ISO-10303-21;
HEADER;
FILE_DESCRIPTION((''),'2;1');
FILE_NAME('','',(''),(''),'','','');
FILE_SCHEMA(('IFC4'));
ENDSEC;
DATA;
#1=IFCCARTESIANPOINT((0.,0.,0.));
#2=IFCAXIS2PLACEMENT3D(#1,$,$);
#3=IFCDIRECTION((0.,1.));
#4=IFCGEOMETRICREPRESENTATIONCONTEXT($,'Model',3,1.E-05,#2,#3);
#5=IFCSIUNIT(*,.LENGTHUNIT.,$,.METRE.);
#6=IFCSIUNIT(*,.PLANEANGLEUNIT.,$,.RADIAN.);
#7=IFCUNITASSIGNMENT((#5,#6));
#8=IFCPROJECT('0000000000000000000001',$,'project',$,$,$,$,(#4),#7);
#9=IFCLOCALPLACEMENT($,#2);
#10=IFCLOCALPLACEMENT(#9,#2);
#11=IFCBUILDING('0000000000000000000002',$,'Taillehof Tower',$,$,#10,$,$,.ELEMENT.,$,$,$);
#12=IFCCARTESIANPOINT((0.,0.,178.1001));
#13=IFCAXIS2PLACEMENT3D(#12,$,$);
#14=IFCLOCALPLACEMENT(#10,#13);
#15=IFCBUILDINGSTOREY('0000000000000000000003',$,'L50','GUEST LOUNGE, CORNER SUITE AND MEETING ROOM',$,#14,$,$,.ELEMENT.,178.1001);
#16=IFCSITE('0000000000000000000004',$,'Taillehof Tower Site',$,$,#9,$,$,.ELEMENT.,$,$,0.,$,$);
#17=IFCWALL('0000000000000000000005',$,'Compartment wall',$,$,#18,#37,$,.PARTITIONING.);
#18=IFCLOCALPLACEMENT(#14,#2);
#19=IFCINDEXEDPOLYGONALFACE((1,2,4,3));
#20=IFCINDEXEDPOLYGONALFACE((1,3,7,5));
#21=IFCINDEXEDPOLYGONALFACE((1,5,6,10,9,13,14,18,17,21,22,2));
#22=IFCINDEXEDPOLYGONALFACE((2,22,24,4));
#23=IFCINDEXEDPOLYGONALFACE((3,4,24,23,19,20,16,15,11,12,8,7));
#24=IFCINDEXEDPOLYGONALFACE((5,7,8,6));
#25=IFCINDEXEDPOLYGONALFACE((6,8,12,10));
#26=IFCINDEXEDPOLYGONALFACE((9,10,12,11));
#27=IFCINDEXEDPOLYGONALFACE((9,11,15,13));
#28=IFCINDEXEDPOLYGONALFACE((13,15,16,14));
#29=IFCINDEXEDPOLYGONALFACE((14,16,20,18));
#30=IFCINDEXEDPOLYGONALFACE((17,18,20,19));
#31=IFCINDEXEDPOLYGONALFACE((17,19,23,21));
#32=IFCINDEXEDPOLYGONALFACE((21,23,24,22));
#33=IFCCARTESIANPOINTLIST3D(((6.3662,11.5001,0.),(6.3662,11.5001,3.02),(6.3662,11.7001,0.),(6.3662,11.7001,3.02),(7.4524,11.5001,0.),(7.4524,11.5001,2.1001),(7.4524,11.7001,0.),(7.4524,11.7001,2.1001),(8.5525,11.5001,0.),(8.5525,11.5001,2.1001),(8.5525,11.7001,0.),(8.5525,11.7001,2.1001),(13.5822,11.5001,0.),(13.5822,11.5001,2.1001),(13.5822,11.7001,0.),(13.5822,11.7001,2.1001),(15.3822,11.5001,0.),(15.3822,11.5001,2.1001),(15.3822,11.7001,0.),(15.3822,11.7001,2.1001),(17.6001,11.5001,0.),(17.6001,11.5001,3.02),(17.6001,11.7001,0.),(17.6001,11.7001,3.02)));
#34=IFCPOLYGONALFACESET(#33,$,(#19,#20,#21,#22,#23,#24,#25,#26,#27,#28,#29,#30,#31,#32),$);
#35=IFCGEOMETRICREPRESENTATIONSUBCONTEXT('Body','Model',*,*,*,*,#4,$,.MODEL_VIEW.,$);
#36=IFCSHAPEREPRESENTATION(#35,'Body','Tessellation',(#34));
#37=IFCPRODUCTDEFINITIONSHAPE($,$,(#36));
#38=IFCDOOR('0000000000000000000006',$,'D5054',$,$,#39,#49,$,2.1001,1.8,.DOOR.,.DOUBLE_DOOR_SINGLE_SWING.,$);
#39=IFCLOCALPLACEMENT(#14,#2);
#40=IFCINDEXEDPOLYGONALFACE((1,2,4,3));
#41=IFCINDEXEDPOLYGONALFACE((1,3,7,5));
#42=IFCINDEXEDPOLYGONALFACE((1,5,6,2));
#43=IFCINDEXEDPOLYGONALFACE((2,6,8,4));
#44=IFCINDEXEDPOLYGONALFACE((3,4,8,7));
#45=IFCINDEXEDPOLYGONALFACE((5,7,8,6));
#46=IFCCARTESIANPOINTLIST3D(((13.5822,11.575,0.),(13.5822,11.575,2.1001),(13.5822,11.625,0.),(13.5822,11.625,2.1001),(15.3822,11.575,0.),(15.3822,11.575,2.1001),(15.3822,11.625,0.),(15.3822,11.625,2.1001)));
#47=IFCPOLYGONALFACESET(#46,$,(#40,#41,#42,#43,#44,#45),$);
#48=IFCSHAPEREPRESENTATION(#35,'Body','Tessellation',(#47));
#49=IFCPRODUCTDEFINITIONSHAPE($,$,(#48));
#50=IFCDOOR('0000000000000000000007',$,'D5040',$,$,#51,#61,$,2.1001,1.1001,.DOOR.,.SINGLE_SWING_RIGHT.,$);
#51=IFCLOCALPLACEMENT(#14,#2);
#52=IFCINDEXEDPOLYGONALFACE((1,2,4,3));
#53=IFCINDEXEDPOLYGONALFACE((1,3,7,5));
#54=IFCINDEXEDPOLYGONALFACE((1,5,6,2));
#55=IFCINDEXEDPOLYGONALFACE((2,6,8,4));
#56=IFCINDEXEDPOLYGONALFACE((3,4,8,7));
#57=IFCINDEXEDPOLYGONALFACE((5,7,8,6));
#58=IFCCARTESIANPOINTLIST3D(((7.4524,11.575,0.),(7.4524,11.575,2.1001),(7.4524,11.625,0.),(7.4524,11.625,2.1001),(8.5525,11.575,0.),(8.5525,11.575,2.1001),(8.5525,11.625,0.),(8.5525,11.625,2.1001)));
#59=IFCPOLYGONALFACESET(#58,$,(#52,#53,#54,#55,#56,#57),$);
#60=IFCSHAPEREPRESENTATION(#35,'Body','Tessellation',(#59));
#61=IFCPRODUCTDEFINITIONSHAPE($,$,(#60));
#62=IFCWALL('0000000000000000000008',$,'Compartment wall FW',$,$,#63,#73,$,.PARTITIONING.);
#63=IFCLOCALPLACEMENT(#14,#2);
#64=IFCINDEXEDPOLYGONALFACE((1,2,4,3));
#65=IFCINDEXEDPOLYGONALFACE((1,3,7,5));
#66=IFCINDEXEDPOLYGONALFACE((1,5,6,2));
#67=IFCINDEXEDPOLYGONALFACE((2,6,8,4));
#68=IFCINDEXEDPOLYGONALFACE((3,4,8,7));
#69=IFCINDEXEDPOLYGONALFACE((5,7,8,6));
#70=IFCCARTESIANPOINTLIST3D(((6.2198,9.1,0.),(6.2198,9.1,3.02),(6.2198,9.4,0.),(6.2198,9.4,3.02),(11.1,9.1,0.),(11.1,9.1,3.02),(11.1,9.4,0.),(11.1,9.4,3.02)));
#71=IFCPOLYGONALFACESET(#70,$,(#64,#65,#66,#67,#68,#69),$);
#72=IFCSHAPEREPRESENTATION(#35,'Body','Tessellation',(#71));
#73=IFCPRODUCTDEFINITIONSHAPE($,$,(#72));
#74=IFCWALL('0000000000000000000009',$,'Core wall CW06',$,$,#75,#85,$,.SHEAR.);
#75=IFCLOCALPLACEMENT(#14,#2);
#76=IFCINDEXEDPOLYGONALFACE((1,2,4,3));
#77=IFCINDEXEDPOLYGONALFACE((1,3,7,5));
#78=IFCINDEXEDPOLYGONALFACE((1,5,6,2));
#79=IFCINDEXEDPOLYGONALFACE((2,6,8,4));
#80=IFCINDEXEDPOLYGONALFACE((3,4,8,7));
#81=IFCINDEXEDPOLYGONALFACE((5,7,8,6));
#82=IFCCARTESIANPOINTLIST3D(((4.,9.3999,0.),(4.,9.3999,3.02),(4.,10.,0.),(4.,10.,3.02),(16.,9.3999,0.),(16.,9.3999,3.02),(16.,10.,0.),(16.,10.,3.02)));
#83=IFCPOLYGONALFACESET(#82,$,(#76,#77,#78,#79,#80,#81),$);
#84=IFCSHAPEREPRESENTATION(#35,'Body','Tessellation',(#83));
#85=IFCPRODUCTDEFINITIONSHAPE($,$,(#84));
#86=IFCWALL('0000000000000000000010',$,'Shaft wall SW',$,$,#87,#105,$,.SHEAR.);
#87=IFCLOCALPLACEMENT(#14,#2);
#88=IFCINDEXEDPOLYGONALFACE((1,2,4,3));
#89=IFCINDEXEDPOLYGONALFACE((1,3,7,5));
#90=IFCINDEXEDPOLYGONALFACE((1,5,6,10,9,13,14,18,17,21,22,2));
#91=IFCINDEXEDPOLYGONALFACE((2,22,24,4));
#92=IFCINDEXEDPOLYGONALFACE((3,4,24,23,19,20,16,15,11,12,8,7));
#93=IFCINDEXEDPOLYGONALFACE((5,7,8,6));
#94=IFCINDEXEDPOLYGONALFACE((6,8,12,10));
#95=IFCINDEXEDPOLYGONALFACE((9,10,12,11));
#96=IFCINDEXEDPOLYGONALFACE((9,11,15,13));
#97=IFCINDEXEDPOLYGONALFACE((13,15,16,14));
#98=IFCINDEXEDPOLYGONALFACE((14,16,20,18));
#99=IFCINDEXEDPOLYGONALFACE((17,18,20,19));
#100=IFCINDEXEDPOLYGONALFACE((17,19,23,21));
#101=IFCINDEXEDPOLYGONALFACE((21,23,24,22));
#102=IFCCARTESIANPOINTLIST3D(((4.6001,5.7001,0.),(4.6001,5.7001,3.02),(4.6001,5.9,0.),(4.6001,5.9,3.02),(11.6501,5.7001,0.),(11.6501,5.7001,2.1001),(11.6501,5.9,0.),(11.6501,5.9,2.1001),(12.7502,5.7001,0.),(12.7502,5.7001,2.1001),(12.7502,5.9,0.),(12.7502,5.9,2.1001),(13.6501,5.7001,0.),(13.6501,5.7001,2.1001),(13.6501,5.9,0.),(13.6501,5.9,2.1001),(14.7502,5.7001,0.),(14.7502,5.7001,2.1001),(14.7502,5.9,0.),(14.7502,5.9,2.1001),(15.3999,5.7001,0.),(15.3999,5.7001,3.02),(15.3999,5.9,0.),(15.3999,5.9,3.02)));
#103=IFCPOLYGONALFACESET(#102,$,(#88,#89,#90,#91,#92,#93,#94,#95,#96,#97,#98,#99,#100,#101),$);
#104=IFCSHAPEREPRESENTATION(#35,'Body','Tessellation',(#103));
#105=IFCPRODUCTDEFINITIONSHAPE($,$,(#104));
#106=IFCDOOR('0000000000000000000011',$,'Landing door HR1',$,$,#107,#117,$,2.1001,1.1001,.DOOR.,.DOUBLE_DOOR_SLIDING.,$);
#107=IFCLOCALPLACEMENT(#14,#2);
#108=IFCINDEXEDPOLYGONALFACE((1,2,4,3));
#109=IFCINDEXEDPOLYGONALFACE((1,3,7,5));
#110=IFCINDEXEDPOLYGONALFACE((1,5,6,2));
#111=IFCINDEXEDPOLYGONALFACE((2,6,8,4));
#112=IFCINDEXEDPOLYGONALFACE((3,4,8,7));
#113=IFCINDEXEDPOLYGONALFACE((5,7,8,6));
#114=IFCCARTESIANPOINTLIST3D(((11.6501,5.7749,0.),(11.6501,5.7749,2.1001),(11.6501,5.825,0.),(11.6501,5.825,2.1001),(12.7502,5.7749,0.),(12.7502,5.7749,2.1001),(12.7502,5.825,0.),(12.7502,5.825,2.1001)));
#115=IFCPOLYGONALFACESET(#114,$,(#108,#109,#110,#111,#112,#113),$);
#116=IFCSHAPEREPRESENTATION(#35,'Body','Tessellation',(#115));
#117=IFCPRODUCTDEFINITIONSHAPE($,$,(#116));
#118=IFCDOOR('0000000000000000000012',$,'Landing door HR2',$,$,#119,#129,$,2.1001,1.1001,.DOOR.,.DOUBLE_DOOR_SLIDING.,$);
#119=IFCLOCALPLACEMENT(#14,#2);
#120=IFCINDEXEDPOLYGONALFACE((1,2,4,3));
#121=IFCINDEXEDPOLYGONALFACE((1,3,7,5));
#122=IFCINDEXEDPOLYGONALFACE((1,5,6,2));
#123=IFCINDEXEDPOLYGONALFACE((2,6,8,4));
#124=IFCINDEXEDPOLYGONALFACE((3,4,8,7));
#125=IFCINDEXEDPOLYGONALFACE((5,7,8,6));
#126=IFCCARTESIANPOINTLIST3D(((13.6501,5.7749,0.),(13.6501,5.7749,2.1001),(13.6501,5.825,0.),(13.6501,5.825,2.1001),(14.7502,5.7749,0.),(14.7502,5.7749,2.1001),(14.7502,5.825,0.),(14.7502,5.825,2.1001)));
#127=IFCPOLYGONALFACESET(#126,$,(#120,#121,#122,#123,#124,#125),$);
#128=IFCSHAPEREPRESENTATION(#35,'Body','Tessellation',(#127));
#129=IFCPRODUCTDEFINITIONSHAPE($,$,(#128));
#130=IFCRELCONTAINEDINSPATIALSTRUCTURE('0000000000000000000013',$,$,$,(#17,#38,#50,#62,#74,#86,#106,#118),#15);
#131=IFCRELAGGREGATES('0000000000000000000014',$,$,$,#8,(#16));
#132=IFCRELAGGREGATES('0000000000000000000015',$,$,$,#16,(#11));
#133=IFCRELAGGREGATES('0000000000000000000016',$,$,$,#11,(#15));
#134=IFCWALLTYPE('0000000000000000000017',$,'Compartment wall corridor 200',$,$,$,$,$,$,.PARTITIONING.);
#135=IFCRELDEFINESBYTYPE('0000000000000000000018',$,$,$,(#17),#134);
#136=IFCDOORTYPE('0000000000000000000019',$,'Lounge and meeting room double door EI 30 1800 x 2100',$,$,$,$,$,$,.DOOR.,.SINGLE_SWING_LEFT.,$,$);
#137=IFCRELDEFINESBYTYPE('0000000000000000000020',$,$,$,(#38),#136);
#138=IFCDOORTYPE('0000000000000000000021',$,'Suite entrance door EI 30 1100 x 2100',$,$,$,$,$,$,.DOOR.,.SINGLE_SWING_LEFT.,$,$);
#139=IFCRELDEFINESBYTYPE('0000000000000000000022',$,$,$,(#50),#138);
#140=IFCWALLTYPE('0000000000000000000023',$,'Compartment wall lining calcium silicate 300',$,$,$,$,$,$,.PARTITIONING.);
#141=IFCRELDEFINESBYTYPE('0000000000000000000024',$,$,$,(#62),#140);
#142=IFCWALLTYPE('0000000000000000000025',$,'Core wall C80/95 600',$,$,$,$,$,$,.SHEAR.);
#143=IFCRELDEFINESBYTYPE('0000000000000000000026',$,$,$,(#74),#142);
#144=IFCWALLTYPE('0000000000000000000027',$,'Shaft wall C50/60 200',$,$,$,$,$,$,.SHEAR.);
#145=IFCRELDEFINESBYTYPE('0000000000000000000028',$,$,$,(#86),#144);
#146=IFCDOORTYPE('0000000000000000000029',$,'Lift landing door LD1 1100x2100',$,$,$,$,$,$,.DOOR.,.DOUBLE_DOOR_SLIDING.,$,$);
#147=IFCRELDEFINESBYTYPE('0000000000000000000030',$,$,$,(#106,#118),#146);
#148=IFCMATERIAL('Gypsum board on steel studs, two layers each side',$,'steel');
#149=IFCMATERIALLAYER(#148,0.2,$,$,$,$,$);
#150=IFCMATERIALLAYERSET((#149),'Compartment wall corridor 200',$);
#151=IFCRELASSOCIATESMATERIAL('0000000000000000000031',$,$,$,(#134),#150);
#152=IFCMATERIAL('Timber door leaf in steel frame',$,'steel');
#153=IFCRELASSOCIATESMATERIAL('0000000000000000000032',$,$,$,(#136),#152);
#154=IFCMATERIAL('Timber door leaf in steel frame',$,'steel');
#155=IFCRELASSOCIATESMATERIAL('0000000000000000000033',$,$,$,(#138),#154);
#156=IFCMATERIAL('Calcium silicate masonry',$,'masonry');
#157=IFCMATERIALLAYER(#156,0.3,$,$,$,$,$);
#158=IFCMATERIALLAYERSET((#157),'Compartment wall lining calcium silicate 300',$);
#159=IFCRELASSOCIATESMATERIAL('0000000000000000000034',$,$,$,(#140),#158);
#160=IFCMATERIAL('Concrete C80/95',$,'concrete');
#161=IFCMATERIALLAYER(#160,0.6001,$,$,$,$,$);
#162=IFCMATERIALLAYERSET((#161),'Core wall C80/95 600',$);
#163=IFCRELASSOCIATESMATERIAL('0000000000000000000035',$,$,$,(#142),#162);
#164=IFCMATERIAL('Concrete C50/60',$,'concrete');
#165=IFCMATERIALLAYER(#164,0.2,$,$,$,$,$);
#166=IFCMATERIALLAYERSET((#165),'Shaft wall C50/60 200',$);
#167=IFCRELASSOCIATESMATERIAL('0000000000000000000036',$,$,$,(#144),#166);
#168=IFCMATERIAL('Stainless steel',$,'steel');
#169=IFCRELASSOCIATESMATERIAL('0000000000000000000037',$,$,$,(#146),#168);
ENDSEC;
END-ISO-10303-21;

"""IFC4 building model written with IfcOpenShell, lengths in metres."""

from ifc_helpers import new_model, si_unit, direction, frame, frame_2d, origin, place, context, subcontext, project, spatial, rectangle, extrude, material, layer, layer_set, type_object, element, fill, save


model = new_model("IFC4")

# Units and contexts
model_context = context("Model", 3, precision=1e-05, world=origin(), true_north=direction((0.0, 1.0)))
body_context = subcontext(model_context, "Body", "Model", "MODEL_VIEW")
ifc_project = project(units=[si_unit("LENGTHUNIT", "METRE"), si_unit("PLANEANGLEUNIT", "RADIAN")], contexts=[model_context])

# Site, building, storey
site_placement = place(None, origin())
site = spatial("IfcSite", under=ifc_project, at=site_placement, Name="Taillehof Tower Site", CompositionType="ELEMENT", RefElevation=0.0)
building_placement = place(site_placement, origin())
building = spatial("IfcBuilding", under=site, at=building_placement, Name="Taillehof Tower", CompositionType="ELEMENT")
storey_placement = place(building_placement, frame((0.0, 0.0, 178.1001)))
storey = spatial("IfcBuildingStorey", under=building, at=storey_placement, Name="L50", Description="GUEST LOUNGE, CORNER SUITE AND MEETING ROOM", CompositionType="ELEMENT", Elevation=178.1001)

# Wall, openings, doors
ifc_material_1 = material(Name="Gypsum board on steel studs, two layers each side", Category="steel")
ifc_layer_1 = layer(ifc_material_1, 0.2)
ifc_layer_set_1 = layer_set([ifc_layer_1], Name="Compartment wall corridor 200")
wall_type_1 = type_object("IfcWallType", Name="Compartment wall corridor 200", PredefinedType="PARTITIONING", material=ifc_layer_set_1)
wall_1_placement = place(storey_placement, frame((6.3662, 11.6001, 0.0), z_axis=(0.0, 0.0, 1.0), x_axis=(1.0, 0.0, 0.0)))
wall_1 = element("IfcWall", 1, at=wall_1_placement, inside=storey, type_object=wall_type_1, Name="Compartment wall", PredefinedType="PARTITIONING", context=body_context, shape_type="SweptSolid", body=[
    extrude(rectangle(XDim=11.2339, YDim=0.2, at=frame_2d((5.6169, 0.0))), origin(), (0.0, 0.0, 1.0), 3.02),
])
opening_1_placement = place(wall_1_placement, frame((1.0862, 0.0, 0.0)))
opening_1 = element("IfcOpeningElement", 2, at=opening_1_placement, cuts=wall_1, PredefinedType="OPENING", context=body_context, shape_type="SweptSolid", body=[
    extrude(rectangle(XDim=1.1001, YDim=2.1001, at=frame_2d((0.55, 1.05))), frame((0.0, 0.1099, 0.0), z_axis=(0.0, -1.0, 0.0), x_axis=(1.0, 0.0, 0.0)), (0.0, 0.0, 1.0), 0.22),
])
opening_2_placement = place(wall_1_placement, frame((7.2161, 0.0, 0.0)))
opening_2 = element("IfcOpeningElement", 3, at=opening_2_placement, cuts=wall_1, PredefinedType="OPENING", context=body_context, shape_type="SweptSolid", body=[
    extrude(rectangle(XDim=1.8, YDim=2.1001, at=frame_2d((0.8999, 1.05))), frame((0.0, 0.1099, 0.0), z_axis=(0.0, -1.0, 0.0), x_axis=(1.0, 0.0, 0.0)), (0.0, 0.0, 1.0), 0.22),
])
ifc_material_2 = material(Name="Timber door leaf in steel frame", Category="steel")
door_type_1 = type_object("IfcDoorType", Name="Lounge and meeting room double door EI 30 1800 x 2100", OperationType="SINGLE_SWING_LEFT", PredefinedType="DOOR", material=ifc_material_2)
door_1_placement = place(opening_2_placement, origin())
door_1 = element("IfcDoor", 4, at=door_1_placement, inside=storey, type_object=door_type_1, Name="D5054", OperationType="DOUBLE_DOOR_SINGLE_SWING", OverallHeight=2.1001, OverallWidth=1.8, PredefinedType="DOOR", context=body_context, shape_type="SweptSolid", body=[
    extrude(rectangle(XDim=1.8, YDim=2.1001, at=frame_2d((0.8999, 1.05))), frame((0.0, 0.0249, 0.0), z_axis=(0.0, -1.0, 0.0), x_axis=(1.0, 0.0, 0.0)), (0.0, 0.0, 1.0), 0.05),
])
fill(opening_2, door_1)
ifc_material_3 = material(Name="Timber door leaf in steel frame", Category="steel")
door_type_2 = type_object("IfcDoorType", Name="Suite entrance door EI 30 1100 x 2100", OperationType="SINGLE_SWING_LEFT", PredefinedType="DOOR", material=ifc_material_3)
door_2_placement = place(opening_1_placement, origin())
door_2 = element("IfcDoor", 5, at=door_2_placement, inside=storey, type_object=door_type_2, Name="D5040", OperationType="SINGLE_SWING_RIGHT", OverallHeight=2.1001, OverallWidth=1.1001, PredefinedType="DOOR", context=body_context, shape_type="SweptSolid", body=[
    extrude(rectangle(XDim=1.1001, YDim=2.1001, at=frame_2d((0.55, 1.05))), frame((0.0, 0.0249, 0.0), z_axis=(0.0, -1.0, 0.0), x_axis=(1.0, 0.0, 0.0)), (0.0, 0.0, 1.0), 0.05),
])
fill(opening_1, door_2)

# Walls
ifc_material_4 = material(Name="Calcium silicate masonry", Category="masonry")
ifc_layer_2 = layer(ifc_material_4, 0.3)
ifc_layer_set_2 = layer_set([ifc_layer_2], Name="Compartment wall lining calcium silicate 300")
wall_type_2 = type_object("IfcWallType", Name="Compartment wall lining calcium silicate 300", PredefinedType="PARTITIONING", material=ifc_layer_set_2)
wall_2_placement = place(storey_placement, frame((6.22, 9.25, 0.0), z_axis=(0.0, 0.0, 1.0), x_axis=(1.0, 0.0, 0.0)))
element("IfcWall", 6, at=wall_2_placement, inside=storey, type_object=wall_type_2, Name="Compartment wall FW", PredefinedType="PARTITIONING", context=body_context, shape_type="SweptSolid", body=[
    extrude(rectangle(XDim=4.8801, YDim=0.3, at=frame_2d((2.4399, 0.0))), origin(), (0.0, 0.0, 1.0), 3.02),
])
ifc_material_5 = material(Name="Concrete C80/95", Category="concrete")
ifc_layer_3 = layer(ifc_material_5, 0.6001)
ifc_layer_set_3 = layer_set([ifc_layer_3], Name="Core wall C80/95 600")
wall_type_3 = type_object("IfcWallType", Name="Core wall C80/95 600", PredefinedType="SHEAR", material=ifc_layer_set_3)
wall_3_placement = place(storey_placement, frame((4.0, 9.7, 0.0), z_axis=(0.0, 0.0, 1.0), x_axis=(1.0, 0.0, 0.0)))
element("IfcWall", 7, at=wall_3_placement, inside=storey, type_object=wall_type_3, Name="Core wall CW06", PredefinedType="SHEAR", context=body_context, shape_type="SweptSolid", body=[
    extrude(rectangle(XDim=12.0, YDim=0.6001, at=frame_2d((6.0, 0.0))), origin(), (0.0, 0.0, 1.0), 3.02),
])

# Wall, openings, doors
ifc_material_6 = material(Name="Concrete C50/60", Category="concrete")
ifc_layer_4 = layer(ifc_material_6, 0.2)
ifc_layer_set_4 = layer_set([ifc_layer_4], Name="Shaft wall C50/60 200")
wall_type_4 = type_object("IfcWallType", Name="Shaft wall C50/60 200", PredefinedType="SHEAR", material=ifc_layer_set_4)
wall_4_placement = place(storey_placement, frame((4.6001, 5.8, 0.0), z_axis=(0.0, 0.0, 1.0), x_axis=(1.0, 0.0, 0.0)))
wall_4 = element("IfcWall", 8, at=wall_4_placement, inside=storey, type_object=wall_type_4, Name="Shaft wall SW", PredefinedType="SHEAR", context=body_context, shape_type="SweptSolid", body=[
    extrude(rectangle(XDim=10.7998, YDim=0.2, at=frame_2d((5.3999, 0.0))), origin(), (0.0, 0.0, 1.0), 3.02),
])
opening_3_placement = place(wall_4_placement, frame((7.05, 0.0, 0.0)))
opening_3 = element("IfcOpeningElement", 9, at=opening_3_placement, cuts=wall_4, PredefinedType="OPENING", context=body_context, shape_type="SweptSolid", body=[
    extrude(rectangle(XDim=1.1001, YDim=2.1001, at=frame_2d((0.55, 1.05))), frame((0.0, 0.1099, 0.0), z_axis=(0.0, -1.0, 0.0), x_axis=(1.0, 0.0, 0.0)), (0.0, 0.0, 1.0), 0.22),
])
opening_4_placement = place(wall_4_placement, frame((9.05, 0.0, 0.0)))
opening_4 = element("IfcOpeningElement", 10, at=opening_4_placement, cuts=wall_4, PredefinedType="OPENING", context=body_context, shape_type="SweptSolid", body=[
    extrude(rectangle(XDim=1.1001, YDim=2.1001, at=frame_2d((0.55, 1.05))), frame((0.0, 0.1099, 0.0), z_axis=(0.0, -1.0, 0.0), x_axis=(1.0, 0.0, 0.0)), (0.0, 0.0, 1.0), 0.22),
])
ifc_material_7 = material(Name="Stainless steel", Category="steel")
door_type_3 = type_object("IfcDoorType", Name="Lift landing door LD1 1100x2100", OperationType="DOUBLE_DOOR_SLIDING", PredefinedType="DOOR", material=ifc_material_7)
door_3_placement = place(opening_3_placement, origin())
door_3 = element("IfcDoor", 11, at=door_3_placement, inside=storey, type_object=door_type_3, Name="Landing door HR1", OperationType="DOUBLE_DOOR_SLIDING", OverallHeight=2.1001, OverallWidth=1.1001, PredefinedType="DOOR", context=body_context, shape_type="SweptSolid", body=[
    extrude(rectangle(XDim=1.1001, YDim=2.1001, at=frame_2d((0.55, 1.05))), frame((0.0, 0.0249, 0.0), z_axis=(0.0, -1.0, 0.0), x_axis=(1.0, 0.0, 0.0)), (0.0, 0.0, 1.0), 0.05),
])
fill(opening_3, door_3)
door_4_placement = place(opening_4_placement, origin())
door_4 = element("IfcDoor", 12, at=door_4_placement, inside=storey, type_object=door_type_3, Name="Landing door HR2", OperationType="DOUBLE_DOOR_SLIDING", OverallHeight=2.1001, OverallWidth=1.1001, PredefinedType="DOOR", context=body_context, shape_type="SweptSolid", body=[
    extrude(rectangle(XDim=1.1001, YDim=2.1001, at=frame_2d((0.55, 1.05))), frame((0.0, 0.0249, 0.0), z_axis=(0.0, -1.0, 0.0), x_axis=(1.0, 0.0, 0.0)), (0.0, 0.0, 1.0), 0.05),
])
fill(opening_4, door_4)

save(model, "model.ifc")
